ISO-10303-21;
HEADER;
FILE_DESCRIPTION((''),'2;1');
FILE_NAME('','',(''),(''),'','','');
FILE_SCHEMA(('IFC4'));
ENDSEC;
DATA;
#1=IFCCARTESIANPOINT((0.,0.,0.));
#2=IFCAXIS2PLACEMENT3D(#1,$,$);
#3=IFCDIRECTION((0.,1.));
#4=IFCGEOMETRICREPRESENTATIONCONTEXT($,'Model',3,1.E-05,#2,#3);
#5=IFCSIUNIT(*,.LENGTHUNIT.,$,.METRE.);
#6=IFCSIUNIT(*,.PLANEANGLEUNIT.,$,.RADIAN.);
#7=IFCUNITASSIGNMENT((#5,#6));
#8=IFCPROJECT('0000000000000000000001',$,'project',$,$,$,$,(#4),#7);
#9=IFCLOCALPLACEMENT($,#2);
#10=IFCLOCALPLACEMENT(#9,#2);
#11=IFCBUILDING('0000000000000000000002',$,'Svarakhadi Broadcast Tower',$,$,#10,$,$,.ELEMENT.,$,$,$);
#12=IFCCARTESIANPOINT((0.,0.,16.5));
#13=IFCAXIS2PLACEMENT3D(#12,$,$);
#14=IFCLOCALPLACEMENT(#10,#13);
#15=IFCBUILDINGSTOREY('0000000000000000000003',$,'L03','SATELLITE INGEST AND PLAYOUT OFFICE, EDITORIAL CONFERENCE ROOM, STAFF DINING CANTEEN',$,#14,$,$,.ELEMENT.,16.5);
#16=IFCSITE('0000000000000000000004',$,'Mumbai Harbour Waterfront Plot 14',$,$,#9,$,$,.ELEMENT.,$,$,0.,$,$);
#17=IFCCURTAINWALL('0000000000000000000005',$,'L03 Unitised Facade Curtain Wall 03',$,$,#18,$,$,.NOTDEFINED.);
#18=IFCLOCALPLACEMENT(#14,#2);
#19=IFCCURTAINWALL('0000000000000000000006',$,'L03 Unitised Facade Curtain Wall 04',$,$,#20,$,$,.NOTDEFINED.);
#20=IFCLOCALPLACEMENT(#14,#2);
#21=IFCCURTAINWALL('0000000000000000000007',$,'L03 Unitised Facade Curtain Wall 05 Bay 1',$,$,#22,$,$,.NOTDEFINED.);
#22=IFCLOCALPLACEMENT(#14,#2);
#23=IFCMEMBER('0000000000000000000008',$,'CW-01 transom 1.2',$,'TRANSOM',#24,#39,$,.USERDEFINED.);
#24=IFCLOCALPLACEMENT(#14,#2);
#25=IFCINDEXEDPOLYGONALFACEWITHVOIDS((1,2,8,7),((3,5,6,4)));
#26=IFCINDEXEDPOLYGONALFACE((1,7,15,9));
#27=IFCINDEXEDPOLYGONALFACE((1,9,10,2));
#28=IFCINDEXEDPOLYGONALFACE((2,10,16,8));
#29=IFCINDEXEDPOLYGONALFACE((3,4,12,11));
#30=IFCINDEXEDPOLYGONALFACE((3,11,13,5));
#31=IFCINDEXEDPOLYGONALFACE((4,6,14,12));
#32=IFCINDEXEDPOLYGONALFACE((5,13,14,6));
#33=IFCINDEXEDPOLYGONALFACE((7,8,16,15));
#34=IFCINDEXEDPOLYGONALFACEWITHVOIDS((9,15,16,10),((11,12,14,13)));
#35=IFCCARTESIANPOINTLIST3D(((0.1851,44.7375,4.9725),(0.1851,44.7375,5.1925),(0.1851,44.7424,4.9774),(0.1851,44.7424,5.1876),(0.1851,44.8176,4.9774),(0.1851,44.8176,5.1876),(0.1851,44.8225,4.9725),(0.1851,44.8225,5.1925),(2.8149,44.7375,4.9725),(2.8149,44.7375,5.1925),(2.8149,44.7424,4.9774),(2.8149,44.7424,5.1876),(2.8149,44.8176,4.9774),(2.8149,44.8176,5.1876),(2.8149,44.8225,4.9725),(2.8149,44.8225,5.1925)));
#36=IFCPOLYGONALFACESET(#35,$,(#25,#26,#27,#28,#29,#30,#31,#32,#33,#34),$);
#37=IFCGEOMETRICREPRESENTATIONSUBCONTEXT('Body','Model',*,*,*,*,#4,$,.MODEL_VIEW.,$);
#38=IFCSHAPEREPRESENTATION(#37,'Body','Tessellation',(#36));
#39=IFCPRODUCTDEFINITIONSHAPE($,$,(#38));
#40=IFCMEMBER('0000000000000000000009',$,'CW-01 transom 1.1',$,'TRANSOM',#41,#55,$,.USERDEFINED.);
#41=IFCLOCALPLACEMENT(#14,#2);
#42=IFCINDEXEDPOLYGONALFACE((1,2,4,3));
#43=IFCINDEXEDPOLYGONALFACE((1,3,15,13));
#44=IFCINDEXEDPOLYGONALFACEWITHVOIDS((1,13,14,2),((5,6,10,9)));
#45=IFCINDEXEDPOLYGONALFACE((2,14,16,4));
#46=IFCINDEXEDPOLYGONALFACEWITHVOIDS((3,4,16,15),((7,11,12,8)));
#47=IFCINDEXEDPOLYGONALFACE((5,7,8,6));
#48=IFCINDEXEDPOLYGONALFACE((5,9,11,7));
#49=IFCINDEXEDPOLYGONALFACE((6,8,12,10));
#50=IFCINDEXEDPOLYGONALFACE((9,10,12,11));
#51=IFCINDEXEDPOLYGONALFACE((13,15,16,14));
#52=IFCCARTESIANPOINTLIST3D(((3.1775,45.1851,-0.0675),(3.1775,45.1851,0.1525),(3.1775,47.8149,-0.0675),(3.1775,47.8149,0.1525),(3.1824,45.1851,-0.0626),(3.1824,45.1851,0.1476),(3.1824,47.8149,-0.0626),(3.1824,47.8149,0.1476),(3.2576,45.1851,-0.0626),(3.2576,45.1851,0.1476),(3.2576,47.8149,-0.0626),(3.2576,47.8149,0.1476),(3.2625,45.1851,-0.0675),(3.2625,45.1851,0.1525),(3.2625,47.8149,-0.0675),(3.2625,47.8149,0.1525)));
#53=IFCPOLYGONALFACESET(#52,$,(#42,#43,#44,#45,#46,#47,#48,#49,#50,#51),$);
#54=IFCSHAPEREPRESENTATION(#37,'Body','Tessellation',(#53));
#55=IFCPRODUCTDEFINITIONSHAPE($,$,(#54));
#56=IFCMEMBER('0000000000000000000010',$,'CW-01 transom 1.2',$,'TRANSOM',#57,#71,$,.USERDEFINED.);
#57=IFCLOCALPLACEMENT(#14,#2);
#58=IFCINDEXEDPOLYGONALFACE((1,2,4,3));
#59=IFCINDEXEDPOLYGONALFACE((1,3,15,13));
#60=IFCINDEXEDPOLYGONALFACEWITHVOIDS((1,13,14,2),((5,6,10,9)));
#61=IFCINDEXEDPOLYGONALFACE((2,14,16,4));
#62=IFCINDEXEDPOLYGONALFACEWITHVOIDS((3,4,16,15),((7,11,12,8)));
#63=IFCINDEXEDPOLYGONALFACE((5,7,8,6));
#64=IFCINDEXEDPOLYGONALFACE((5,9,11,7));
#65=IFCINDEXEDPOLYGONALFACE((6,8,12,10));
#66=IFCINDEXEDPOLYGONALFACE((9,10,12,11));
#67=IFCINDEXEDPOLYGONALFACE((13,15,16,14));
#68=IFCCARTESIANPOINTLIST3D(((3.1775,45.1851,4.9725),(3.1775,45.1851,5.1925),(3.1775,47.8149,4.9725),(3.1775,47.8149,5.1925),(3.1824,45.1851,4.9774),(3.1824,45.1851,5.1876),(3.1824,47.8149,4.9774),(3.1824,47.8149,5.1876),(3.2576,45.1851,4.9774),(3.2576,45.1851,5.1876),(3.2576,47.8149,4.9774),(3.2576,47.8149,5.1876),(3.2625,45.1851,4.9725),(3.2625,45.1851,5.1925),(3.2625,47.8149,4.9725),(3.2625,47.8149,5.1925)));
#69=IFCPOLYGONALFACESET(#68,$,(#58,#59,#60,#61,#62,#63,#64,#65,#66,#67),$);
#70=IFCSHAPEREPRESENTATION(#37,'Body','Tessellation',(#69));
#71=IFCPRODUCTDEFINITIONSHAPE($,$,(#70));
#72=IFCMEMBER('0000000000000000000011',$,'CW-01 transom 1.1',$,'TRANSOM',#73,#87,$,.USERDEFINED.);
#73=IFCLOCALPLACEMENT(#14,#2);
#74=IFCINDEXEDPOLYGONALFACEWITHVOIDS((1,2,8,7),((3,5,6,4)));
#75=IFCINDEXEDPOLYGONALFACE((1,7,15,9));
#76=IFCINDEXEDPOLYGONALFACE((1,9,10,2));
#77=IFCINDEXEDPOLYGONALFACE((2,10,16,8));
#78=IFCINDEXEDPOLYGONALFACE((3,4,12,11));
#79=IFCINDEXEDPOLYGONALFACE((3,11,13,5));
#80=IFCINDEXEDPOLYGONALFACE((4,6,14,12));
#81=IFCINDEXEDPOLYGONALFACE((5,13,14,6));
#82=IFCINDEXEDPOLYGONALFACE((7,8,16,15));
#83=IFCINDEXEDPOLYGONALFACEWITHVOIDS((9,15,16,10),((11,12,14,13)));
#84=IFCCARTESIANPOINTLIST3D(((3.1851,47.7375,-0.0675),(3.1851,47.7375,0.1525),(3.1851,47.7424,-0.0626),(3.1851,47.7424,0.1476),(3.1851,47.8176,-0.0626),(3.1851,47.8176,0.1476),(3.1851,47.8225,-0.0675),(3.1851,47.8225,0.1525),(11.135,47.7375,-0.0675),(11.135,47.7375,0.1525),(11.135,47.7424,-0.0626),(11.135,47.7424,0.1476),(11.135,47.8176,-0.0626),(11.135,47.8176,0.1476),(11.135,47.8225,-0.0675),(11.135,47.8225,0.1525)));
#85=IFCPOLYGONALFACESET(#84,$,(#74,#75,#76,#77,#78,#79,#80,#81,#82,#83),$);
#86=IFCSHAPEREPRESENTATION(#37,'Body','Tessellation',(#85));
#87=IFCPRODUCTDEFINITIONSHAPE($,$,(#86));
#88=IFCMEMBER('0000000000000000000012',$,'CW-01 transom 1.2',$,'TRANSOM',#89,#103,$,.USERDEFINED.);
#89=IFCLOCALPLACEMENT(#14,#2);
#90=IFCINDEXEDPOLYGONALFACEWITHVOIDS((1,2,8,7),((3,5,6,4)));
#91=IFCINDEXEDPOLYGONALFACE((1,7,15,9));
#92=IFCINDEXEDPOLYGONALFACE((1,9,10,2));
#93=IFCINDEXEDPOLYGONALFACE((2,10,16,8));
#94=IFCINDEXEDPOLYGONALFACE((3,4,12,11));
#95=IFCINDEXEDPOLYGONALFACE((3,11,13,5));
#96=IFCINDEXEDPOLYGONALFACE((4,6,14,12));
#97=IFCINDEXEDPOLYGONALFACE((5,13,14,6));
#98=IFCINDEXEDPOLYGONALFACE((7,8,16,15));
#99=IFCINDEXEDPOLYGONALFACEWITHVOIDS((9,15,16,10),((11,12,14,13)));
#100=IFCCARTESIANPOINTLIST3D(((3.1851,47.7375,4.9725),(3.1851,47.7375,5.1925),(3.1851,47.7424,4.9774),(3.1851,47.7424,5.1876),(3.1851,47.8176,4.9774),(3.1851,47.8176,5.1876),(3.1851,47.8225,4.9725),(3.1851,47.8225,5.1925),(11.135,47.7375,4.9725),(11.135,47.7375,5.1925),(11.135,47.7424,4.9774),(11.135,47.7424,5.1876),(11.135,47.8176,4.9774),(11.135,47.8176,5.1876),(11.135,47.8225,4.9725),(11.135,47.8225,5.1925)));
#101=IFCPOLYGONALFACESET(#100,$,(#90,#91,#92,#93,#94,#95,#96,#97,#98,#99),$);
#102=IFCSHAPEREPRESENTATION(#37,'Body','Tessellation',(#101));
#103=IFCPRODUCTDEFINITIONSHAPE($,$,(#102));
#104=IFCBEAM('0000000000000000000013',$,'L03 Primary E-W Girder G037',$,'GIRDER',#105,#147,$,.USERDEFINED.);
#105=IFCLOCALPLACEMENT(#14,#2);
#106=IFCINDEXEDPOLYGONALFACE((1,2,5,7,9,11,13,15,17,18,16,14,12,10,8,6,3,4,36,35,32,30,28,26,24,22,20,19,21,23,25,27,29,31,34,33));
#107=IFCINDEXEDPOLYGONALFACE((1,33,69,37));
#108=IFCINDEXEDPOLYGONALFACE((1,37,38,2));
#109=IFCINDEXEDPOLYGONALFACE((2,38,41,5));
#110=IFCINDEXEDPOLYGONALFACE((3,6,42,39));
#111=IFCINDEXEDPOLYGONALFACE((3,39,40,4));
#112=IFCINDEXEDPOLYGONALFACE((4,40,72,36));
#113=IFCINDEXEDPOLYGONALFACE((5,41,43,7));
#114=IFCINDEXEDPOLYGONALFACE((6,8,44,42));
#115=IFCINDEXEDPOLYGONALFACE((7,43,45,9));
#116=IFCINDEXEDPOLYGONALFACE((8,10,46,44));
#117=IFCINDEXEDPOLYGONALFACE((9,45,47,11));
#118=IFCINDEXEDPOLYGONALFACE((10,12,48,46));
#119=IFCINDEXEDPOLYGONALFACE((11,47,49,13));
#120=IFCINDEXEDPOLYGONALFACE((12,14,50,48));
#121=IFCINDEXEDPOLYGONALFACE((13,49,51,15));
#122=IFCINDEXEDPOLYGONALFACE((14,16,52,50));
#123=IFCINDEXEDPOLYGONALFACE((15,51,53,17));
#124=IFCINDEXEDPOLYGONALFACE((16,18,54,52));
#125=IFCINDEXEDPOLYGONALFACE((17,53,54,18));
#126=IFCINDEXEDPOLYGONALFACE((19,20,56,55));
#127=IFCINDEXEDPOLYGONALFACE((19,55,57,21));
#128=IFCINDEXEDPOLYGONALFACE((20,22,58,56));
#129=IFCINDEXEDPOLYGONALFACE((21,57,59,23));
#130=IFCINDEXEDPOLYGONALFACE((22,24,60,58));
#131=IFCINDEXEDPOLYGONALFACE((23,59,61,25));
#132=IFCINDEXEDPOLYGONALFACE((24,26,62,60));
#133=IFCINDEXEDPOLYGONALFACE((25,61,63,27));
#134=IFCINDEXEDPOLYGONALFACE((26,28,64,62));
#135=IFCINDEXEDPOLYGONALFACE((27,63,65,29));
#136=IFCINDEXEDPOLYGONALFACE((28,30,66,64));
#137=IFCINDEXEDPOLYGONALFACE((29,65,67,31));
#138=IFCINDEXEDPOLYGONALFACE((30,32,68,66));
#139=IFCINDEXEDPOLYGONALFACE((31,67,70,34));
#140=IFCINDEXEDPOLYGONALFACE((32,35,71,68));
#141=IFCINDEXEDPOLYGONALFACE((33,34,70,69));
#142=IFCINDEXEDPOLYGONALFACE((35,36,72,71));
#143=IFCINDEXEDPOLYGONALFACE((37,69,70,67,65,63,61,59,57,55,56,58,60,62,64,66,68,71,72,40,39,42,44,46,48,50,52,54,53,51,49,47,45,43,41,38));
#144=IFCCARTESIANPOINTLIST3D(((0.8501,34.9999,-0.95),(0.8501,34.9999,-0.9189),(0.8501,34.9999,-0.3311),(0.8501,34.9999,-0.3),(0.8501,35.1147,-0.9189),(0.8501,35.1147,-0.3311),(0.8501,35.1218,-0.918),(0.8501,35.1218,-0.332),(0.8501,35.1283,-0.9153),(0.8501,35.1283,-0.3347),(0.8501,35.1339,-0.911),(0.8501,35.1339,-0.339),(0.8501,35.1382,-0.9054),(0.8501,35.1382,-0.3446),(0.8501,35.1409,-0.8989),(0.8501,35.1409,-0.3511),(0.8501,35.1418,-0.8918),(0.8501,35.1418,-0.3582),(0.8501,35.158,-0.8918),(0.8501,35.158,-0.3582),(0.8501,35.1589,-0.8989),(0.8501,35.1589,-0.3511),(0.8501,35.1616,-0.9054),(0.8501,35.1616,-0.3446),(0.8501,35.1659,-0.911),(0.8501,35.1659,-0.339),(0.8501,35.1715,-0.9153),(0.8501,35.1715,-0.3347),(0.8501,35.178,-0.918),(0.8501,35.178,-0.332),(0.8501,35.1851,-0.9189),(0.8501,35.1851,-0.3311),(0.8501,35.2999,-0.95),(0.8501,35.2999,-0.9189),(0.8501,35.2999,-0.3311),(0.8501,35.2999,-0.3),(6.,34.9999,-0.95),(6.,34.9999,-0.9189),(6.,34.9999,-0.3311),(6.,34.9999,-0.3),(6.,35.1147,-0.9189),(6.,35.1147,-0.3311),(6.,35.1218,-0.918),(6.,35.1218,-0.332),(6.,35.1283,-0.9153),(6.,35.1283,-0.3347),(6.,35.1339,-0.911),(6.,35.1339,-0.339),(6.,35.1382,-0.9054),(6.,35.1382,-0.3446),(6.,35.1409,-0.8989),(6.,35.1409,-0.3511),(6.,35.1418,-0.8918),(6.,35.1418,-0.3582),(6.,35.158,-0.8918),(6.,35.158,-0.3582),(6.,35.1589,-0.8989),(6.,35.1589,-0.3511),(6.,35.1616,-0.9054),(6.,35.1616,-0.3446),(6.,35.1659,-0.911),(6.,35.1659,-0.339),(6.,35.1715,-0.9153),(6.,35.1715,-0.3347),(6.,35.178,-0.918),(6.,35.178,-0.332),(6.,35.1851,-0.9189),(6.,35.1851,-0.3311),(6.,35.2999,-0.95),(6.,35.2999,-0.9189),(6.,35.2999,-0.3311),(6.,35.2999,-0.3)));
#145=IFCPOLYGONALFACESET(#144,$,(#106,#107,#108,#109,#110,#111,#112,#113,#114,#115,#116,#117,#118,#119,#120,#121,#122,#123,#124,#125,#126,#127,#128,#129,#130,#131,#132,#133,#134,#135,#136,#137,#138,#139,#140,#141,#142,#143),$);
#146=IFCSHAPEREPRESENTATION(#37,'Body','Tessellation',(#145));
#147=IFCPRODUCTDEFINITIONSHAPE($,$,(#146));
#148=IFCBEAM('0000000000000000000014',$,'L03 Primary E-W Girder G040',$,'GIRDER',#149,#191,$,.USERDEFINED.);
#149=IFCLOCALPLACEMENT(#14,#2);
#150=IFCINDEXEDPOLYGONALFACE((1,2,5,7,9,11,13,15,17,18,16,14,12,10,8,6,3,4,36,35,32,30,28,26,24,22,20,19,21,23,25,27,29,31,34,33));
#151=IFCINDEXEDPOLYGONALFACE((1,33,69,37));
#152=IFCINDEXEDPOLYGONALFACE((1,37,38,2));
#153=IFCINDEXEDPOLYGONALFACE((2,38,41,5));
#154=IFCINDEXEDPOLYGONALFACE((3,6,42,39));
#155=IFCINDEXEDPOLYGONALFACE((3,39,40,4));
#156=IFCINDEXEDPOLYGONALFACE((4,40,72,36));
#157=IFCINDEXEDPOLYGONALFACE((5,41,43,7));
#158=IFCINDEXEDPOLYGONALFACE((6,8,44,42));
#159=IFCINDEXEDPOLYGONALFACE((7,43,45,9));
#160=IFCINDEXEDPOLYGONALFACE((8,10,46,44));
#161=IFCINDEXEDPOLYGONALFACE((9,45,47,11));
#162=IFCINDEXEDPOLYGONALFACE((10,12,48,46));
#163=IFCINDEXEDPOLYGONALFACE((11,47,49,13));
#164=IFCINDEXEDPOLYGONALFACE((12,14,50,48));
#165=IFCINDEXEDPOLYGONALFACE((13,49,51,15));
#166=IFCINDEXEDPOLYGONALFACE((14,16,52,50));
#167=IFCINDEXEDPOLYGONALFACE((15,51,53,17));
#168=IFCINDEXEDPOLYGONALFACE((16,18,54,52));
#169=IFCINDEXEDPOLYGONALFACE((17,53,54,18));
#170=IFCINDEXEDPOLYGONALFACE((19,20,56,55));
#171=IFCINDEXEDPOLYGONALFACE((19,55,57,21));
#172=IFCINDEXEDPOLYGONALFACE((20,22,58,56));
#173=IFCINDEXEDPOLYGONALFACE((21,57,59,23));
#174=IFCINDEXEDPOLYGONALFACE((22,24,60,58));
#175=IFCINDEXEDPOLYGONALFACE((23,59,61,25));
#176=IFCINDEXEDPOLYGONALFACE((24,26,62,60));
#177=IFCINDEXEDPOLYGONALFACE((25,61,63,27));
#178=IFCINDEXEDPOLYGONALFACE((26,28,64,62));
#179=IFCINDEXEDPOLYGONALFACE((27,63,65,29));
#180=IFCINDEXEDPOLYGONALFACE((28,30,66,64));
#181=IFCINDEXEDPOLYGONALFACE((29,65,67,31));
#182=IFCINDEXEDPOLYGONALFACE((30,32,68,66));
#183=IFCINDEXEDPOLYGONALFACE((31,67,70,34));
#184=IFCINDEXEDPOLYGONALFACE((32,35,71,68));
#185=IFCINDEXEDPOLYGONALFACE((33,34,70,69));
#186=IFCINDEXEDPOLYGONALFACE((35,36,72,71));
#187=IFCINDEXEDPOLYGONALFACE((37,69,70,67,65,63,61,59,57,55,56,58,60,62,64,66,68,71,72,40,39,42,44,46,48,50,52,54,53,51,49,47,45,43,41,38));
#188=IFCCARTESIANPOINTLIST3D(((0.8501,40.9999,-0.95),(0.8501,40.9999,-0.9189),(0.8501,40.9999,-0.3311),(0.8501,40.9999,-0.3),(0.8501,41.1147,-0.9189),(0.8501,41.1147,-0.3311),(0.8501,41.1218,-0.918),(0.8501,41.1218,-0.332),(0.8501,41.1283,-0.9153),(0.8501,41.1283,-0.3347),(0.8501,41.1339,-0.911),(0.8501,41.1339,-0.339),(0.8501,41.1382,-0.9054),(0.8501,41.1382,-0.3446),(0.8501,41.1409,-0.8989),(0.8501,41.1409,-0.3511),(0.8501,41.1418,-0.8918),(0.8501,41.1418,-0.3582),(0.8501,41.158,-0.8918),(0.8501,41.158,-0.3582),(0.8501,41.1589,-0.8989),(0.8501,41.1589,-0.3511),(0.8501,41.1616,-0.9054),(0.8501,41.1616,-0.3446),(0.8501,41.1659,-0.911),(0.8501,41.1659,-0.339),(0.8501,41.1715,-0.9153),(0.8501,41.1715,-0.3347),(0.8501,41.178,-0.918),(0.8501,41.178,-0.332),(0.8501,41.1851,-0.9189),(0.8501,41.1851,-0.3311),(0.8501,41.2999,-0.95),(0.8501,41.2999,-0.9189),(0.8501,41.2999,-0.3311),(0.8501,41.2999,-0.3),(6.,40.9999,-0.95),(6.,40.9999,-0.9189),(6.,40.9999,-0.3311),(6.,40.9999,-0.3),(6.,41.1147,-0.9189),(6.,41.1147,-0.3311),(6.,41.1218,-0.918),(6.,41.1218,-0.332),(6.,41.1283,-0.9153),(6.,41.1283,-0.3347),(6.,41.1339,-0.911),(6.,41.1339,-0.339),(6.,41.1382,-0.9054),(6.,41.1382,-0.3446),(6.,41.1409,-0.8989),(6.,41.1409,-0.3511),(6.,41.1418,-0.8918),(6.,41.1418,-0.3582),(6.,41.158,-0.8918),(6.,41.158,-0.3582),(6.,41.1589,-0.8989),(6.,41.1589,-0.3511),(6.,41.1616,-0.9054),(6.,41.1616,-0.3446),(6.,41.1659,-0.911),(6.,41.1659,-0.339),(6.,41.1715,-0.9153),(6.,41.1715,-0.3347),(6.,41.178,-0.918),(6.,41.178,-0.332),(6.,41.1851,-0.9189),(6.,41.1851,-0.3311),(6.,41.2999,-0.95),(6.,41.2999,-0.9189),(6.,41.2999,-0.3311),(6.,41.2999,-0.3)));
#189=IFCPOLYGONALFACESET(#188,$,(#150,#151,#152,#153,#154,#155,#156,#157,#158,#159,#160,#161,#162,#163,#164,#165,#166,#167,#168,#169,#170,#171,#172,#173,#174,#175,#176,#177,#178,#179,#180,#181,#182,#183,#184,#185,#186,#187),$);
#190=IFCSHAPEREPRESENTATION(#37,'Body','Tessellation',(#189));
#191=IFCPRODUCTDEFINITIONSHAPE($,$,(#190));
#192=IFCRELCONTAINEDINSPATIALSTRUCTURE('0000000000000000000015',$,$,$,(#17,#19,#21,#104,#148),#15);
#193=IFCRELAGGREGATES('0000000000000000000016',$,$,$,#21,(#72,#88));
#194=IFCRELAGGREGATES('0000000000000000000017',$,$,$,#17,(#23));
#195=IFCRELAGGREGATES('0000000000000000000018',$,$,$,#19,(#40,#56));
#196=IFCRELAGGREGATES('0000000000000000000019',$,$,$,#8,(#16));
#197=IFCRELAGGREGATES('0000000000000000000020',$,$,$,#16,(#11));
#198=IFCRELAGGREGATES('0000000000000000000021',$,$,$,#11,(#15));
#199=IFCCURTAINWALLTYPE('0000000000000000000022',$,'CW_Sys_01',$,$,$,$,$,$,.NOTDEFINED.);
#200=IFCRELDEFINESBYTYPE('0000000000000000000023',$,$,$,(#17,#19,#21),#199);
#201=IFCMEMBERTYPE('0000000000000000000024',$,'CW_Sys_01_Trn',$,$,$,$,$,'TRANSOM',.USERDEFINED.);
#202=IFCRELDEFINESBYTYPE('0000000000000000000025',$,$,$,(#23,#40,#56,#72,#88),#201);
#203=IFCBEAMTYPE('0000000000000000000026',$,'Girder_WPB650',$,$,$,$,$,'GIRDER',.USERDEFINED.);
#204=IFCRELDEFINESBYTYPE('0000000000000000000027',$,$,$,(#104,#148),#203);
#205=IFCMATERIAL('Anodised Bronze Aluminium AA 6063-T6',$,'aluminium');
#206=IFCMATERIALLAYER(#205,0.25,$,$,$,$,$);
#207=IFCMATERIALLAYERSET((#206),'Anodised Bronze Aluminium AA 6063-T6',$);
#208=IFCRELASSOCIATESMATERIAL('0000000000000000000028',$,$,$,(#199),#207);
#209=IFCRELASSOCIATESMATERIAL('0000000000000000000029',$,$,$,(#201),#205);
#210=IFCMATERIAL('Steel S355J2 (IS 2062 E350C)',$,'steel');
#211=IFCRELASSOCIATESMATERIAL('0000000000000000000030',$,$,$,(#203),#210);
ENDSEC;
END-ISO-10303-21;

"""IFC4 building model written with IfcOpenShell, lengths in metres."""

from ifc_helpers import new_model, si_unit, direction, frame, origin, origin_2d, place, context, subcontext, project, spatial, hollow_rectangle, i_section, extrude, material, layer, layer_set, material_profile, profile_set, type_object, element, aggregate, save


model = new_model("IFC4")

# Units and contexts
model_context = context("Model", 3, precision=1e-05, world=origin(), true_north=direction((0.0, 1.0)))
body_context = subcontext(model_context, "Body", "Model", "MODEL_VIEW")
ifc_project = project(units=[si_unit("LENGTHUNIT", "METRE"), si_unit("PLANEANGLEUNIT", "RADIAN")], contexts=[model_context])

# Site, building, storey
site_placement = place(None, origin())
site = spatial("IfcSite", under=ifc_project, at=site_placement, Name="Mumbai Harbour Waterfront Plot 14", CompositionType="ELEMENT", RefElevation=0.0)
building_placement = place(site_placement, origin())
building = spatial("IfcBuilding", under=site, at=building_placement, Name="Svarakhadi Broadcast Tower", CompositionType="ELEMENT")
storey_placement = place(building_placement, frame((0.0, 0.0, 16.5)))
storey = spatial("IfcBuildingStorey", under=building, at=storey_placement, Name="L03", Description="SATELLITE INGEST AND PLAYOUT OFFICE, EDITORIAL CONFERENCE ROOM, STAFF DINING CANTEEN", CompositionType="ELEMENT", Elevation=16.5)

# Shared definitions
ifc_material_1 = material(Name="Steel S355J2 (IS 2062 E350C)", Category="steel")

# Shared definitions
ifc_material_2 = material(Name="Anodised Bronze Aluminium AA 6063-T6", Category="aluminium")
ifc_layer_1 = layer(ifc_material_2, 0.25)
ifc_layer_set_1 = layer_set([ifc_layer_1], Name="Anodised Bronze Aluminium AA 6063-T6")
curtain_wall_type = type_object("IfcCurtainWallType", Name="CW_Sys_01", PredefinedType="NOTDEFINED", material=ifc_layer_set_1)

# Curtain walls
curtain_wall_1_placement = place(storey_placement, origin())
curtain_wall_1 = element("IfcCurtainWall", 1, at=curtain_wall_1_placement, inside=storey, type_object=curtain_wall_type, Name="L03 Unitised Facade Curtain Wall 03", PredefinedType="NOTDEFINED")
curtain_wall_2_placement = place(storey_placement, origin())
curtain_wall_2 = element("IfcCurtainWall", 2, at=curtain_wall_2_placement, inside=storey, type_object=curtain_wall_type, Name="L03 Unitised Facade Curtain Wall 04", PredefinedType="NOTDEFINED")

# Curtain wall
curtain_wall_3_placement = place(storey_placement, origin())
curtain_wall_3 = element("IfcCurtainWall", 3, at=curtain_wall_3_placement, inside=storey, type_object=curtain_wall_type, Name="L03 Unitised Facade Curtain Wall 05 Bay 1", PredefinedType="NOTDEFINED")

# Members
ifc_material_profile_1 = material_profile(ifc_material_2, hollow_rectangle(XDim=0.085, YDim=0.22, WallThickness=0.0049, at=origin_2d()), Name="ALU TRANSOM 220x85x5")
ifc_profile_set_1 = profile_set([ifc_material_profile_1], Name="Anodised Bronze Aluminium AA 6063-T6")
member_type_1 = type_object("IfcMemberType", Name="CW_Sys_01_Trn", ElementType="TRANSOM", PredefinedType="USERDEFINED", material=ifc_profile_set_1)
member_1_placement = place(storey_placement, frame((0.1851, 44.78, 5.0825), z_axis=(1.0, 0.0, 0.0), x_axis=(0.0, 1.0, 0.0)))
member_1 = element("IfcMember", 4, at=member_1_placement, type_object=member_type_1, Name="CW-01 transom 1.2", ObjectType="TRANSOM", PredefinedType="USERDEFINED", context=body_context, shape_type="SweptSolid", body=[
    extrude(hollow_rectangle(XDim=0.085, YDim=0.22, WallThickness=0.0049, at=origin_2d()), origin(), (0.0, 0.0, 1.0), 2.6299),
])
member_2_placement = place(storey_placement, frame((3.22, 45.1851, 0.0425), z_axis=(0.0, 1.0, 0.0), x_axis=(-1.0, 0.0, 0.0)))
member_2 = element("IfcMember", 5, at=member_2_placement, type_object=member_type_1, Name="CW-01 transom 1.1", ObjectType="TRANSOM", PredefinedType="USERDEFINED", context=body_context, shape_type="SweptSolid", body=[
    extrude(hollow_rectangle(XDim=0.085, YDim=0.22, WallThickness=0.0049, at=origin_2d()), origin(), (0.0, 0.0, 1.0), 2.6299),
])
member_3_placement = place(storey_placement, frame((3.22, 45.1851, 5.0825), z_axis=(0.0, 1.0, 0.0), x_axis=(-1.0, 0.0, 0.0)))
member_3 = element("IfcMember", 6, at=member_3_placement, type_object=member_type_1, Name="CW-01 transom 1.2", ObjectType="TRANSOM", PredefinedType="USERDEFINED", context=body_context, shape_type="SweptSolid", body=[
    extrude(hollow_rectangle(XDim=0.085, YDim=0.22, WallThickness=0.0049, at=origin_2d()), origin(), (0.0, 0.0, 1.0), 2.6299),
])
member_4_placement = place(storey_placement, frame((3.1851, 47.78, 0.0425), z_axis=(1.0, 0.0, 0.0), x_axis=(0.0, 1.0, 0.0)))
member_4 = element("IfcMember", 7, at=member_4_placement, type_object=member_type_1, Name="CW-01 transom 1.1", ObjectType="TRANSOM", PredefinedType="USERDEFINED", context=body_context, shape_type="SweptSolid", body=[
    extrude(hollow_rectangle(XDim=0.085, YDim=0.22, WallThickness=0.0049, at=origin_2d()), origin(), (0.0, 0.0, 1.0), 7.95),
])
member_5_placement = place(storey_placement, frame((3.1851, 47.78, 5.0825), z_axis=(1.0, 0.0, 0.0), x_axis=(0.0, 1.0, 0.0)))
member_5 = element("IfcMember", 8, at=member_5_placement, type_object=member_type_1, Name="CW-01 transom 1.2", ObjectType="TRANSOM", PredefinedType="USERDEFINED", context=body_context, shape_type="SweptSolid", body=[
    extrude(hollow_rectangle(XDim=0.085, YDim=0.22, WallThickness=0.0049, at=origin_2d()), origin(), (0.0, 0.0, 1.0), 7.95),
])
aggregate(curtain_wall_3, [member_4, member_5])

# Beams
ifc_material_profile_2 = material_profile(ifc_material_1, i_section(OverallWidth=0.3, OverallDepth=0.6499, WebThickness=0.0161, FlangeThickness=0.031, FilletRadius=0.0271, at=origin_2d()), Name="WPB 650x300x225")
ifc_profile_set_2 = profile_set([ifc_material_profile_2], Name="Steel S355J2 (IS 2062 E350C)")
beam_type_1 = type_object("IfcBeamType", Name="Girder_WPB650", ElementType="GIRDER", PredefinedType="USERDEFINED", material=ifc_profile_set_2)
for number, where, z_axis, x_axis, name in (
    (9, (0.8501, 35.1499, -0.625), (1.0, 0.0, 0.0), (0.0, 1.0, 0.0), "L03 Primary E-W Girder G037"),
    (10, (0.8501, 41.1499, -0.625), (1.0, 0.0, 0.0), (0.0, 1.0, 0.0), "L03 Primary E-W Girder G040"),
):
    element("IfcBeam", number, at=place(storey_placement, frame(where, z_axis=z_axis, x_axis=x_axis)), inside=storey, type_object=beam_type_1, Name=name, ObjectType="GIRDER", PredefinedType="USERDEFINED", context=body_context, shape_type="SweptSolid", body=[
        extrude(i_section(OverallWidth=0.3, OverallDepth=0.6499, WebThickness=0.0161, FlangeThickness=0.031, FilletRadius=0.0271, at=origin_2d()), origin(), (0.0, 0.0, 1.0), 5.1499),
    ])

aggregate(curtain_wall_1, [member_1])
aggregate(curtain_wall_2, [member_2, member_3])

save(model, "model.ifc")
